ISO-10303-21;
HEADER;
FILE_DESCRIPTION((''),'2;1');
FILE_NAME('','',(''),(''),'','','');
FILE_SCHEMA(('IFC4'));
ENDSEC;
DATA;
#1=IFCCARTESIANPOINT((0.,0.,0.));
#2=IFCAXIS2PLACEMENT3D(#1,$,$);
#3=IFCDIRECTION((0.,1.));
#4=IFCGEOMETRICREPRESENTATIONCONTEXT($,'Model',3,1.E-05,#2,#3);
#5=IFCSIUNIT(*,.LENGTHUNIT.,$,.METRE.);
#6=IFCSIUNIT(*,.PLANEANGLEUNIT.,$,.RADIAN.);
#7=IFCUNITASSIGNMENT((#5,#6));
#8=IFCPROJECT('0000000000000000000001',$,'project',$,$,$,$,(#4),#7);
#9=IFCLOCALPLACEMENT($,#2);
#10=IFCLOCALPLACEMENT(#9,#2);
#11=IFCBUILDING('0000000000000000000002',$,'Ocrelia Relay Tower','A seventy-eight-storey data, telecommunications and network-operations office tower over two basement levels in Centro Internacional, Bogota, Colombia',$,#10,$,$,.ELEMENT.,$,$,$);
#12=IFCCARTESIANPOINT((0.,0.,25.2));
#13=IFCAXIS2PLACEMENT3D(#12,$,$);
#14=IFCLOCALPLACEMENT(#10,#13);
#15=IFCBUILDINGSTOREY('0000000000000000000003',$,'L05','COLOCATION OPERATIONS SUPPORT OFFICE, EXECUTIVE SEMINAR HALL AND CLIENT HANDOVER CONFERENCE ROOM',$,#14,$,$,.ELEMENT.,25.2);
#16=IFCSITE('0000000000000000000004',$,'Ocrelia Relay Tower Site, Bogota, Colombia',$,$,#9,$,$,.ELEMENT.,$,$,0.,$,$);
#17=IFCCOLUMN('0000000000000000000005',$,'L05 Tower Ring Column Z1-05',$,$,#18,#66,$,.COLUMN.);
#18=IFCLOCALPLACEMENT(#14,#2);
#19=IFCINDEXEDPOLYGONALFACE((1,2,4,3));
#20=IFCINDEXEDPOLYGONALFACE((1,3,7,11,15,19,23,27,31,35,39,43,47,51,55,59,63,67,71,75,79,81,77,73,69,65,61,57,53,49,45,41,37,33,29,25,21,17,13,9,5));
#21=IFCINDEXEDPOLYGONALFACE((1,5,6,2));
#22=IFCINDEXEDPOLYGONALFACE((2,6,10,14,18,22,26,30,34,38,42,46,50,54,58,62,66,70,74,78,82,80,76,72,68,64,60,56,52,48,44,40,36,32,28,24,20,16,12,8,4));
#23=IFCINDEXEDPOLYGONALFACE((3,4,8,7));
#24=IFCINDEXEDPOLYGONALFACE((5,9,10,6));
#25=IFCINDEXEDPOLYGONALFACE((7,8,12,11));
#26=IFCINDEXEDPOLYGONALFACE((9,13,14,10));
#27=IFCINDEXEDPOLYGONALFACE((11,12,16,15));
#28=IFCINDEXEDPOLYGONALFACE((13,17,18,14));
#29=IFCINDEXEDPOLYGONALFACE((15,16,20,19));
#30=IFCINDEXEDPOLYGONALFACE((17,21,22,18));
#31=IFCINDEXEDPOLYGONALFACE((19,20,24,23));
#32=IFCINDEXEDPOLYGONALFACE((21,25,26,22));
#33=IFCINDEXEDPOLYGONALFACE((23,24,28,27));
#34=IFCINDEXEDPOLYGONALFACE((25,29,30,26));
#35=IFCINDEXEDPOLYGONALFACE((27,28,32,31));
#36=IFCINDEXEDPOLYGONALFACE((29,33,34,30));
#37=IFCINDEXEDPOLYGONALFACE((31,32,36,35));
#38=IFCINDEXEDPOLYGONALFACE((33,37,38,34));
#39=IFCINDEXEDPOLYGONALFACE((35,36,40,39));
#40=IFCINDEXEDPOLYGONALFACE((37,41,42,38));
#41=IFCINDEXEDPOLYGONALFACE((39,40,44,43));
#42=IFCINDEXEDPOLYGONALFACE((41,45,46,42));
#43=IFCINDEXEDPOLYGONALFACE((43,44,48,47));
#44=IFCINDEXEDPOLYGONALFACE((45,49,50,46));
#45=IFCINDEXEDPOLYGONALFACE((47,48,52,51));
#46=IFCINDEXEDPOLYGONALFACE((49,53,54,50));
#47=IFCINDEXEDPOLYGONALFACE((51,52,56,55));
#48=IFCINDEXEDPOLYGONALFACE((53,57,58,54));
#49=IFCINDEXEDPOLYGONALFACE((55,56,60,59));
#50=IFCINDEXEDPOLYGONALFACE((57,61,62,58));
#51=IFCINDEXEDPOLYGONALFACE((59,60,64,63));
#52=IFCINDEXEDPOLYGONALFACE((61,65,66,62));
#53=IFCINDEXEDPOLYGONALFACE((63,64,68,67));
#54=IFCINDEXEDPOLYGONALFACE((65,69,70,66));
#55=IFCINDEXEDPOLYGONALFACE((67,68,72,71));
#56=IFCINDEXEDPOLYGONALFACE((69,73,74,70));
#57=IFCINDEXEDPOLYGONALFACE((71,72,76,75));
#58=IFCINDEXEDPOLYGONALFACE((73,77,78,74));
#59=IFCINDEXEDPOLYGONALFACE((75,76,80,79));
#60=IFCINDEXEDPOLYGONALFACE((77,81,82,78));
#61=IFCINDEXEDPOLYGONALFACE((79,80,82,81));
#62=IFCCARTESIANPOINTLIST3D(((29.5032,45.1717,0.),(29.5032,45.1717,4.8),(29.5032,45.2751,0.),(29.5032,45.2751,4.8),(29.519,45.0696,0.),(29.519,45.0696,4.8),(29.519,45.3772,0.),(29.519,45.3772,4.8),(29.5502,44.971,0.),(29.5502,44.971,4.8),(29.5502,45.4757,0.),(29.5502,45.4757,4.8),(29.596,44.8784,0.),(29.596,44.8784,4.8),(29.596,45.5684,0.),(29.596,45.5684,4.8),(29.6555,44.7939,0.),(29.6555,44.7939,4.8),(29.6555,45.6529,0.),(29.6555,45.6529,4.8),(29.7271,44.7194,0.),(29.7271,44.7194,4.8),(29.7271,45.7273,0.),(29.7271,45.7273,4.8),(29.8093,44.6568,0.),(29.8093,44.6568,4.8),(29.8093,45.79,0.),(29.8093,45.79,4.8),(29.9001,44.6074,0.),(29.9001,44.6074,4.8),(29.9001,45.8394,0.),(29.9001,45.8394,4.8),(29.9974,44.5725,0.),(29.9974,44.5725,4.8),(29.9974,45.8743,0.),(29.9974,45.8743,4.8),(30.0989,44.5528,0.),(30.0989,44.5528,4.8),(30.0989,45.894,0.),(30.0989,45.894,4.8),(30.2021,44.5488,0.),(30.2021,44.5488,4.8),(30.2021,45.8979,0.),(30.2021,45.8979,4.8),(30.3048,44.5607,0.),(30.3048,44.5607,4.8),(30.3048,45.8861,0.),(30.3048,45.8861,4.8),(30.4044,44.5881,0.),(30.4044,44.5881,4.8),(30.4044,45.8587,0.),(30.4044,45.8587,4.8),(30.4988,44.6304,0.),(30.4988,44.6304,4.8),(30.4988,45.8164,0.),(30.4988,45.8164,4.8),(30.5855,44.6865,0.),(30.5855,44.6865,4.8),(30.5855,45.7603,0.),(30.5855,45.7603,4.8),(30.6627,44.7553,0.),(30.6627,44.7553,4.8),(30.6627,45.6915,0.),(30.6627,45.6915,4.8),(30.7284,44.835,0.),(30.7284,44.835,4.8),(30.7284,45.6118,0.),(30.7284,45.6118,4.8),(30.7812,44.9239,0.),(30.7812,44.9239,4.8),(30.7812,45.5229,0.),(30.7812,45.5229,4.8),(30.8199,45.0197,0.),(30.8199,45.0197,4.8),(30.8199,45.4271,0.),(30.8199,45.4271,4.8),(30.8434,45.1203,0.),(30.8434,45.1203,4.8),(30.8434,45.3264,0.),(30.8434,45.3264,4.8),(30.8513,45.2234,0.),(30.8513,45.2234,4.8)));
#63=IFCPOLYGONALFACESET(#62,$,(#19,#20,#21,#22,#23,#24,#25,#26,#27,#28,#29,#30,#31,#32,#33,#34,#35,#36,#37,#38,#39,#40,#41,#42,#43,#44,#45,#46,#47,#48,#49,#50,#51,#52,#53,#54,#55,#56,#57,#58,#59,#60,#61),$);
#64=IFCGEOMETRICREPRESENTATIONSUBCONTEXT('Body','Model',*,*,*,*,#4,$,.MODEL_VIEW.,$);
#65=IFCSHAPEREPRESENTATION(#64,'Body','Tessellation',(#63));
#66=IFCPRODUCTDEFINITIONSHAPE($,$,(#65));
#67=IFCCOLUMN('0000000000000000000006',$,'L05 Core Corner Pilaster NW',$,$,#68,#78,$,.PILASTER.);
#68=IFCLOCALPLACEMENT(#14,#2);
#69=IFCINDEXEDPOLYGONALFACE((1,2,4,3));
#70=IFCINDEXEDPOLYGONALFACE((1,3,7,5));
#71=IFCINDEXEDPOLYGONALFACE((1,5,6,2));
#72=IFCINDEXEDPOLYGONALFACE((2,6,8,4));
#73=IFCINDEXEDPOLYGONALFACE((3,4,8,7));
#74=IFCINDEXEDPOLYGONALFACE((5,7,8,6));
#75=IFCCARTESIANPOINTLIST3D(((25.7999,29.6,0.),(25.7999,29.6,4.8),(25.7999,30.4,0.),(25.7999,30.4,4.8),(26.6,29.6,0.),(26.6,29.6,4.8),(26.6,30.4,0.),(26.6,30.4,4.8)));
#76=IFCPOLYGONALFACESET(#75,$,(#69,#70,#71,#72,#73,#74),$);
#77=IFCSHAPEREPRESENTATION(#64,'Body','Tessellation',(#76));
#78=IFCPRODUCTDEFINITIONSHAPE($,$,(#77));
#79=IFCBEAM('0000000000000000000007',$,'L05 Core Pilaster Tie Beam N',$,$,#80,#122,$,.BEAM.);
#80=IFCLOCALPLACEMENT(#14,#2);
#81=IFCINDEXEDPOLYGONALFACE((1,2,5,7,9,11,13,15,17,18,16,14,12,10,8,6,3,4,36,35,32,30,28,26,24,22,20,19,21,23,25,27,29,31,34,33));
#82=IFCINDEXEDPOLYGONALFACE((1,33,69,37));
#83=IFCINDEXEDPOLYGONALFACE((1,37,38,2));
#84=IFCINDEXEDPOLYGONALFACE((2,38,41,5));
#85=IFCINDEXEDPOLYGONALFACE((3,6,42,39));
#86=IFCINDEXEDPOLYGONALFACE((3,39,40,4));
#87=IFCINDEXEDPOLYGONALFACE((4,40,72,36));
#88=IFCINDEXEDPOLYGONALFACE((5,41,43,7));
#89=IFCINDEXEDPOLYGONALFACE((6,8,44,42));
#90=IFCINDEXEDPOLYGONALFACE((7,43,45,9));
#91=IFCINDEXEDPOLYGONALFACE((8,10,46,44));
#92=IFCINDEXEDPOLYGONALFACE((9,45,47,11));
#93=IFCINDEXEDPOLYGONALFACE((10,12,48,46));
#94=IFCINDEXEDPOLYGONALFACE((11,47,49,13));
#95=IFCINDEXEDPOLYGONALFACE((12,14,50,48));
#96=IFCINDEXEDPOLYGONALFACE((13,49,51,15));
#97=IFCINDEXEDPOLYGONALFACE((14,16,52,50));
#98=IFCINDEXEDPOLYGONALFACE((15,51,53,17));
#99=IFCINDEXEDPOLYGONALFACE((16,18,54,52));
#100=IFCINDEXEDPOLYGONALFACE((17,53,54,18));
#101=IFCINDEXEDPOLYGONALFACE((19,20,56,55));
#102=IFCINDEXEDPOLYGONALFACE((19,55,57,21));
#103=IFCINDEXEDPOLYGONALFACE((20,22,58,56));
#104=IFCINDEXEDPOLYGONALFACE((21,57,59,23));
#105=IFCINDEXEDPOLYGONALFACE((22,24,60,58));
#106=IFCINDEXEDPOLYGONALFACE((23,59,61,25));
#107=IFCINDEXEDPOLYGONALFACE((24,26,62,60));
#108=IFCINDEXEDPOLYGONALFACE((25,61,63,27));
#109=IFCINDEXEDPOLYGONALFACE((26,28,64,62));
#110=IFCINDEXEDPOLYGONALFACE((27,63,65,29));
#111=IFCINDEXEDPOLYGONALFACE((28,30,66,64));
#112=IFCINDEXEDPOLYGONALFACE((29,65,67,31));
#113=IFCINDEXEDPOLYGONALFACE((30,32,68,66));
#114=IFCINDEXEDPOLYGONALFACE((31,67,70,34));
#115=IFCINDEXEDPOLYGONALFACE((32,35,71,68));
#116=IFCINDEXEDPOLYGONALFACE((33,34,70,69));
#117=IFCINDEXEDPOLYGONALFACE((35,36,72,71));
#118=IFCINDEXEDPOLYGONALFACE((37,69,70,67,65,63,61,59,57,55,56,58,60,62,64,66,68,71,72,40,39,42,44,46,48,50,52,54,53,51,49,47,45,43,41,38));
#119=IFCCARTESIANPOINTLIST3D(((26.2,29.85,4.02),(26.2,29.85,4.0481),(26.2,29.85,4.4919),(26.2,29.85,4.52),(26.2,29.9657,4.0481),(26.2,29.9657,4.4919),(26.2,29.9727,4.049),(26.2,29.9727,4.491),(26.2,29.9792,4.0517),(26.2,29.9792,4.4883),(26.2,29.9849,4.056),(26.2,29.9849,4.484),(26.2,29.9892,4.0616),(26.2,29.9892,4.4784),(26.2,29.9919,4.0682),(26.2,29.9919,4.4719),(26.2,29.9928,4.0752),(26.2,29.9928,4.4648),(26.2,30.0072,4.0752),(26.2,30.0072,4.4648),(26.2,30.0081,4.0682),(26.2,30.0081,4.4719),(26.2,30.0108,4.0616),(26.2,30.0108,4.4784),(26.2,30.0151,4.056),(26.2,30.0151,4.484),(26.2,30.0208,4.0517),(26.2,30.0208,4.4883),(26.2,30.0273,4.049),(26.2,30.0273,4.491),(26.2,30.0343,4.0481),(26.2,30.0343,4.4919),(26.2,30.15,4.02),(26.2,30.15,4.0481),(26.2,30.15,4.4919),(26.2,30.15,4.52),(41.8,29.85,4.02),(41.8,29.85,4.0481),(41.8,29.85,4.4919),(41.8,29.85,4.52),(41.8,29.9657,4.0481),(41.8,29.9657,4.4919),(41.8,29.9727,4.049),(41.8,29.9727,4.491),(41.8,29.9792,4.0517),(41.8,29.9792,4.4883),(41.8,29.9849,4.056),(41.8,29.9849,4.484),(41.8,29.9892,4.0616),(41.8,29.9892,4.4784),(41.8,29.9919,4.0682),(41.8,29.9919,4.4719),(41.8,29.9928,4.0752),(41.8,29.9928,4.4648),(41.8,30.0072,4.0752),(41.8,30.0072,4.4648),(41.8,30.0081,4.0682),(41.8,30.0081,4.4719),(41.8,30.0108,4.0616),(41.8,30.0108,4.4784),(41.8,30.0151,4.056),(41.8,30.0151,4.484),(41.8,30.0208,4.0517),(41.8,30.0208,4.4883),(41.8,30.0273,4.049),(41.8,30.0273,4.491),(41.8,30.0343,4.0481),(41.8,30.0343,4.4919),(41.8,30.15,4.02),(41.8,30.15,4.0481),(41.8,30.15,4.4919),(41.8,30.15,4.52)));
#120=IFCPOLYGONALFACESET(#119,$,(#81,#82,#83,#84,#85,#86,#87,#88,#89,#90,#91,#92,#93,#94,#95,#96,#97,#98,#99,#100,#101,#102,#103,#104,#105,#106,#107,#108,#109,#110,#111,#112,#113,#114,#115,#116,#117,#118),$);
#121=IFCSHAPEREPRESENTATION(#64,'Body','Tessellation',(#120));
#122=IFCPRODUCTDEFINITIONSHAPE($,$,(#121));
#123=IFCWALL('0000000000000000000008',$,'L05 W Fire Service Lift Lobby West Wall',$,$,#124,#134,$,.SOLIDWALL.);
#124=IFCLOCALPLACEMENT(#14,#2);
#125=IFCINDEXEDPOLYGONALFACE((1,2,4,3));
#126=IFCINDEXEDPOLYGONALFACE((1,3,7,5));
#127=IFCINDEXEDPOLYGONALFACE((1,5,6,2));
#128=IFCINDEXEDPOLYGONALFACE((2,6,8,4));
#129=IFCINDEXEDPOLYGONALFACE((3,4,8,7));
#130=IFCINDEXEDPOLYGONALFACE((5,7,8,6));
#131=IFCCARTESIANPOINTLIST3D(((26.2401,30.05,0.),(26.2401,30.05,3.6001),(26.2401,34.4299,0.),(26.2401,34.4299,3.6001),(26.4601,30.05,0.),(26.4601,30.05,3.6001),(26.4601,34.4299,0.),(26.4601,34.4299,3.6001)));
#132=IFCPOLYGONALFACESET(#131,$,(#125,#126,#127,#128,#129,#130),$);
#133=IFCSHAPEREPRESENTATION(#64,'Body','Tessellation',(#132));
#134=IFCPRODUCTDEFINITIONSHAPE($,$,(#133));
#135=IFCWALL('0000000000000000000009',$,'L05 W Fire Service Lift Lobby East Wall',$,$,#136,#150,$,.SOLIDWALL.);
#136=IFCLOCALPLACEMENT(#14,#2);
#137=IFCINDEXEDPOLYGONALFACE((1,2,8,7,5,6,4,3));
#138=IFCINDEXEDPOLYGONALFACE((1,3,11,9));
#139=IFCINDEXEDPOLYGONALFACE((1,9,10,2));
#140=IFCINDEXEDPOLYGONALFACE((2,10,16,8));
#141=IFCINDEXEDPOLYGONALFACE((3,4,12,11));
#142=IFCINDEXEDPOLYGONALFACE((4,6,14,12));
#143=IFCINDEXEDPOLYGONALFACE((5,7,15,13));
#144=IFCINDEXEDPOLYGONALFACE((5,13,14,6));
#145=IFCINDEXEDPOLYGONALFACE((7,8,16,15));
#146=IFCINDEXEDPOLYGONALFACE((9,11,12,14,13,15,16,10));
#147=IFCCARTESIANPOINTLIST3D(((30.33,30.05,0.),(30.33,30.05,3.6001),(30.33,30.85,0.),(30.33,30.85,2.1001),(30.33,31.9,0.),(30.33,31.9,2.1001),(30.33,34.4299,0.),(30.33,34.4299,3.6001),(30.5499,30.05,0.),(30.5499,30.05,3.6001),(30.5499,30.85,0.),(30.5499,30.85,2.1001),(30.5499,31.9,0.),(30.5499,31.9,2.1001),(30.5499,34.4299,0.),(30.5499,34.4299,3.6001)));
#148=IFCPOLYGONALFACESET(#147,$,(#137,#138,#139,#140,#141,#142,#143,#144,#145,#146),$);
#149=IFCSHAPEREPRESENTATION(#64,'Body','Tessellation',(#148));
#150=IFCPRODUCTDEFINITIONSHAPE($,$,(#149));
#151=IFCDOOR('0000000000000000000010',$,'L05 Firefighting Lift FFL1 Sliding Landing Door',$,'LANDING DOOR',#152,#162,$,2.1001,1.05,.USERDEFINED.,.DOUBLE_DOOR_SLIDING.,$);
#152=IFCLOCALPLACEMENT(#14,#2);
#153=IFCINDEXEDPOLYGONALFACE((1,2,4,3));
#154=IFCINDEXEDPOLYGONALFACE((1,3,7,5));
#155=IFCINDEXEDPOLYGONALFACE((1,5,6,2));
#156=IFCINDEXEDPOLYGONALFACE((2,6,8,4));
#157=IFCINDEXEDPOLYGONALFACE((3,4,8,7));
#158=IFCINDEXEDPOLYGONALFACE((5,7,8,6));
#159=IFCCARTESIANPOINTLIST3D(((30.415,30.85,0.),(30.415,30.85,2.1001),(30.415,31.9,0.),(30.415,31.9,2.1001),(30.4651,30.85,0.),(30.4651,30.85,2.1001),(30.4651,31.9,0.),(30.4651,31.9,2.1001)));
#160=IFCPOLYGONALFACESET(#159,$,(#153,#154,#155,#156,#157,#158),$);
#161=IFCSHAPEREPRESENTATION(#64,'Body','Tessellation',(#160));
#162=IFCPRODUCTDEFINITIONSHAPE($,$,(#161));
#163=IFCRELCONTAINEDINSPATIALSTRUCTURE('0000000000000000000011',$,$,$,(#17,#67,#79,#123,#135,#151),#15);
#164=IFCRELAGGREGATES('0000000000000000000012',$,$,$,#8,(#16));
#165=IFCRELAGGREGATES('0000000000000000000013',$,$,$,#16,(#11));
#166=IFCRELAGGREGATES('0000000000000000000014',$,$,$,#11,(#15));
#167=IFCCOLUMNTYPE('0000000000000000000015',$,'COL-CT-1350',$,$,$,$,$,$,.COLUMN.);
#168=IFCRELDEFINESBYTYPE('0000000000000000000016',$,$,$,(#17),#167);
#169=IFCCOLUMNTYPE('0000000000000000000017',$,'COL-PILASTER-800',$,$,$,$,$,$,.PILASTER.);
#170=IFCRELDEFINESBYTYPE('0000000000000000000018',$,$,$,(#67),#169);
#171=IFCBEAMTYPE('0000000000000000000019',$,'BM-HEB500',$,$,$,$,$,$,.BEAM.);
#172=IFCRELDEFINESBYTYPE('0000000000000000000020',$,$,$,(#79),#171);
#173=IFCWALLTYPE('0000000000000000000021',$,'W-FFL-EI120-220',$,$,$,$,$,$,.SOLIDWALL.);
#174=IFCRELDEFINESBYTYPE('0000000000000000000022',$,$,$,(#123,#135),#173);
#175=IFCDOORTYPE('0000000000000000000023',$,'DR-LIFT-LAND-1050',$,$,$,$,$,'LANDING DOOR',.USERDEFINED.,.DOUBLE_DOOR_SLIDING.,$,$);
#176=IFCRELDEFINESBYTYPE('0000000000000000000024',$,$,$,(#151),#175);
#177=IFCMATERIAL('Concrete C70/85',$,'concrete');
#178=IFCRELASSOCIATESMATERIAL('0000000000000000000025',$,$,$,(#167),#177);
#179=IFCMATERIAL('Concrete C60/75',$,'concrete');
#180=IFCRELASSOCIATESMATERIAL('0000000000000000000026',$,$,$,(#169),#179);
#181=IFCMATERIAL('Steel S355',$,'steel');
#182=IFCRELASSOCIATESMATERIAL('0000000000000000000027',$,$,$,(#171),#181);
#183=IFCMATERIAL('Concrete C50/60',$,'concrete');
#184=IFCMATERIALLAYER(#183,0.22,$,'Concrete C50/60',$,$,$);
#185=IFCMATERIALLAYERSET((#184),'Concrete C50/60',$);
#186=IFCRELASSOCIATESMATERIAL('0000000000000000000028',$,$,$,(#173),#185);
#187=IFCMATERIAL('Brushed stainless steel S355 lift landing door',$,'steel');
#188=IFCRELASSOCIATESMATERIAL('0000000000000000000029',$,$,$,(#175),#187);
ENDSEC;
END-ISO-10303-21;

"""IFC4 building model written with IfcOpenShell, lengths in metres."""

from ifc_helpers import new_model, si_unit, direction, frame, frame_2d, origin, origin_2d, place, context, subcontext, project, spatial, rectangle, circle, i_section, extrude, material, layer, layer_set, material_profile, profile_set, type_object, element, fill, save


model = new_model("IFC4")

# Units and contexts
model_context = context("Model", 3, precision=1e-05, world=origin(), true_north=direction((0.0, 1.0)))
body_context = subcontext(model_context, "Body", "Model", "MODEL_VIEW")
ifc_project = project(units=[si_unit("LENGTHUNIT", "METRE"), si_unit("PLANEANGLEUNIT", "RADIAN")], contexts=[model_context])

# Site, building, storey
site_placement = place(None, origin())
site = spatial("IfcSite", under=ifc_project, at=site_placement, Name="Ocrelia Relay Tower Site, Bogota, Colombia", CompositionType="ELEMENT", RefElevation=0.0)
building_placement = place(site_placement, origin())
building = spatial("IfcBuilding", under=site, at=building_placement, Name="Ocrelia Relay Tower", Description="A seventy-eight-storey data, telecommunications and network-operations office tower over two basement levels in Centro Internacional, Bogota, Colombia", CompositionType="ELEMENT")
storey_placement = place(building_placement, frame((0.0, 0.0, 25.2)))
storey = spatial("IfcBuildingStorey", under=building, at=storey_placement, Name="L05", Description="COLOCATION OPERATIONS SUPPORT OFFICE, EXECUTIVE SEMINAR HALL AND CLIENT HANDOVER CONFERENCE ROOM", CompositionType="ELEMENT", Elevation=25.2)

# Columns
ifc_material_1 = material(Name="Concrete C70/85", Category="concrete")
ifc_material_profile_1 = material_profile(ifc_material_1, circle(Radius=0.675, at=origin_2d()), Name="RC-CIR-1350")
ifc_profile_set_1 = profile_set([ifc_material_profile_1], Name="Concrete C70/85")
column_type_1 = type_object("IfcColumnType", Name="COL-CT-1350", PredefinedType="COLUMN", material=ifc_profile_set_1)
column_1_placement = place(storey_placement, frame((30.1763, 45.2234, 0.0), z_axis=(0.0, 0.0, 1.0), x_axis=(1.0, 0.0, 0.0)))
element("IfcColumn", 1, at=column_1_placement, inside=storey, type_object=column_type_1, Name="L05 Tower Ring Column Z1-05", PredefinedType="COLUMN", context=body_context, shape_type="SweptSolid", body=[
    extrude(circle(Radius=0.675, at=origin_2d()), origin(), (0.0, 0.0, 1.0), 4.8),
])
ifc_material_2 = material(Name="Concrete C60/75", Category="concrete")
ifc_material_profile_2 = material_profile(ifc_material_2, rectangle(XDim=0.8, YDim=0.8, at=origin_2d()), Name="RC-COL-800x800")
ifc_profile_set_2 = profile_set([ifc_material_profile_2], Name="Concrete C60/75")
column_type_2 = type_object("IfcColumnType", Name="COL-PILASTER-800", PredefinedType="PILASTER", material=ifc_profile_set_2)
column_2_placement = place(storey_placement, frame((26.2, 30.0, 0.0), z_axis=(0.0, 0.0, 1.0), x_axis=(1.0, 0.0, 0.0)))
element("IfcColumn", 2, at=column_2_placement, inside=storey, type_object=column_type_2, Name="L05 Core Corner Pilaster NW", PredefinedType="PILASTER", context=body_context, shape_type="SweptSolid", body=[
    extrude(rectangle(XDim=0.8, YDim=0.8, at=origin_2d()), origin(), (0.0, 0.0, 1.0), 4.8),
])

# Beam
ifc_material_3 = material(Name="Steel S355", Category="steel")
ifc_material_profile_3 = material_profile(ifc_material_3, i_section(OverallWidth=0.3, OverallDepth=0.5, WebThickness=0.0144, FlangeThickness=0.0281, FilletRadius=0.0271, at=origin_2d()), Name="HEB 500")
ifc_profile_set_3 = profile_set([ifc_material_profile_3], Name="Steel S355")
beam_type = type_object("IfcBeamType", Name="BM-HEB500", PredefinedType="BEAM", material=ifc_profile_set_3)
beam_placement = place(storey_placement, frame((26.2, 30.0, 4.27), z_axis=(1.0, 0.0, 0.0), x_axis=(0.0, 1.0, 0.0)))
element("IfcBeam", 3, at=beam_placement, inside=storey, type_object=beam_type, Name="L05 Core Pilaster Tie Beam N", PredefinedType="BEAM", context=body_context, shape_type="SweptSolid", body=[
    extrude(i_section(OverallWidth=0.3, OverallDepth=0.5, WebThickness=0.0144, FlangeThickness=0.0281, FilletRadius=0.0271, at=origin_2d()), origin(), (0.0, 0.0, 1.0), 15.6001),
])

# Wall
ifc_material_4 = material(Name="Concrete C50/60", Category="concrete")
ifc_layer_1 = layer(ifc_material_4, 0.22, Name="Concrete C50/60")
ifc_layer_set_1 = layer_set([ifc_layer_1], Name="Concrete C50/60")
wall_type_1 = type_object("IfcWallType", Name="W-FFL-EI120-220", PredefinedType="SOLIDWALL", material=ifc_layer_set_1)
wall_1_placement = place(storey_placement, frame((26.3501, 30.05, 0.0), z_axis=(0.0, 0.0, 1.0), x_axis=(0.0, 1.0, 0.0)))
element("IfcWall", 4, at=wall_1_placement, inside=storey, type_object=wall_type_1, Name="L05 W Fire Service Lift Lobby West Wall", PredefinedType="SOLIDWALL", context=body_context, shape_type="SweptSolid", body=[
    extrude(rectangle(XDim=4.3799, YDim=0.22, at=frame_2d((2.1899, 0.0))), origin(), (0.0, 0.0, 1.0), 3.6001),
])

# Wall, opening, door
wall_2_placement = place(storey_placement, frame((30.4399, 30.05, 0.0), z_axis=(0.0, 0.0, 1.0), x_axis=(0.0, 1.0, 0.0)))
wall_2 = element("IfcWall", 5, at=wall_2_placement, inside=storey, type_object=wall_type_1, Name="L05 W Fire Service Lift Lobby East Wall", PredefinedType="SOLIDWALL", context=body_context, shape_type="SweptSolid", body=[
    extrude(rectangle(XDim=4.3799, YDim=0.22, at=frame_2d((2.1899, 0.0))), origin(), (0.0, 0.0, 1.0), 3.6001),
])
opening_1_placement = place(wall_2_placement, frame((0.8, 0.0, 0.0)))
opening_1 = element("IfcOpeningElement", 6, at=opening_1_placement, cuts=wall_2, PredefinedType="OPENING", context=body_context, shape_type="SweptSolid", body=[
    extrude(rectangle(XDim=1.05, YDim=2.1001, at=frame_2d((0.5249, 1.05))), frame((0.0, 0.1201, 0.0), z_axis=(0.0, -1.0, 0.0), x_axis=(1.0, 0.0, 0.0)), (0.0, 0.0, 1.0), 0.24),
])
ifc_material_5 = material(Name="Brushed stainless steel S355 lift landing door", Category="steel")
door_type_1 = type_object("IfcDoorType", Name="DR-LIFT-LAND-1050", ElementType="LANDING DOOR", OperationType="DOUBLE_DOOR_SLIDING", PredefinedType="USERDEFINED", material=ifc_material_5)
door_1_placement = place(opening_1_placement, origin())
door_1 = element("IfcDoor", 7, at=door_1_placement, inside=storey, type_object=door_type_1, Name="L05 Firefighting Lift FFL1 Sliding Landing Door", ObjectType="LANDING DOOR", OperationType="DOUBLE_DOOR_SLIDING", OverallHeight=2.1001, OverallWidth=1.05, PredefinedType="USERDEFINED", context=body_context, shape_type="SweptSolid", body=[
    extrude(rectangle(XDim=1.05, YDim=2.1001, at=frame_2d((0.5249, 1.05))), frame((0.0, 0.0249, 0.0), z_axis=(0.0, -1.0, 0.0), x_axis=(1.0, 0.0, 0.0)), (0.0, 0.0, 1.0), 0.05),
])
fill(opening_1, door_1)

save(model, "model.ifc")
